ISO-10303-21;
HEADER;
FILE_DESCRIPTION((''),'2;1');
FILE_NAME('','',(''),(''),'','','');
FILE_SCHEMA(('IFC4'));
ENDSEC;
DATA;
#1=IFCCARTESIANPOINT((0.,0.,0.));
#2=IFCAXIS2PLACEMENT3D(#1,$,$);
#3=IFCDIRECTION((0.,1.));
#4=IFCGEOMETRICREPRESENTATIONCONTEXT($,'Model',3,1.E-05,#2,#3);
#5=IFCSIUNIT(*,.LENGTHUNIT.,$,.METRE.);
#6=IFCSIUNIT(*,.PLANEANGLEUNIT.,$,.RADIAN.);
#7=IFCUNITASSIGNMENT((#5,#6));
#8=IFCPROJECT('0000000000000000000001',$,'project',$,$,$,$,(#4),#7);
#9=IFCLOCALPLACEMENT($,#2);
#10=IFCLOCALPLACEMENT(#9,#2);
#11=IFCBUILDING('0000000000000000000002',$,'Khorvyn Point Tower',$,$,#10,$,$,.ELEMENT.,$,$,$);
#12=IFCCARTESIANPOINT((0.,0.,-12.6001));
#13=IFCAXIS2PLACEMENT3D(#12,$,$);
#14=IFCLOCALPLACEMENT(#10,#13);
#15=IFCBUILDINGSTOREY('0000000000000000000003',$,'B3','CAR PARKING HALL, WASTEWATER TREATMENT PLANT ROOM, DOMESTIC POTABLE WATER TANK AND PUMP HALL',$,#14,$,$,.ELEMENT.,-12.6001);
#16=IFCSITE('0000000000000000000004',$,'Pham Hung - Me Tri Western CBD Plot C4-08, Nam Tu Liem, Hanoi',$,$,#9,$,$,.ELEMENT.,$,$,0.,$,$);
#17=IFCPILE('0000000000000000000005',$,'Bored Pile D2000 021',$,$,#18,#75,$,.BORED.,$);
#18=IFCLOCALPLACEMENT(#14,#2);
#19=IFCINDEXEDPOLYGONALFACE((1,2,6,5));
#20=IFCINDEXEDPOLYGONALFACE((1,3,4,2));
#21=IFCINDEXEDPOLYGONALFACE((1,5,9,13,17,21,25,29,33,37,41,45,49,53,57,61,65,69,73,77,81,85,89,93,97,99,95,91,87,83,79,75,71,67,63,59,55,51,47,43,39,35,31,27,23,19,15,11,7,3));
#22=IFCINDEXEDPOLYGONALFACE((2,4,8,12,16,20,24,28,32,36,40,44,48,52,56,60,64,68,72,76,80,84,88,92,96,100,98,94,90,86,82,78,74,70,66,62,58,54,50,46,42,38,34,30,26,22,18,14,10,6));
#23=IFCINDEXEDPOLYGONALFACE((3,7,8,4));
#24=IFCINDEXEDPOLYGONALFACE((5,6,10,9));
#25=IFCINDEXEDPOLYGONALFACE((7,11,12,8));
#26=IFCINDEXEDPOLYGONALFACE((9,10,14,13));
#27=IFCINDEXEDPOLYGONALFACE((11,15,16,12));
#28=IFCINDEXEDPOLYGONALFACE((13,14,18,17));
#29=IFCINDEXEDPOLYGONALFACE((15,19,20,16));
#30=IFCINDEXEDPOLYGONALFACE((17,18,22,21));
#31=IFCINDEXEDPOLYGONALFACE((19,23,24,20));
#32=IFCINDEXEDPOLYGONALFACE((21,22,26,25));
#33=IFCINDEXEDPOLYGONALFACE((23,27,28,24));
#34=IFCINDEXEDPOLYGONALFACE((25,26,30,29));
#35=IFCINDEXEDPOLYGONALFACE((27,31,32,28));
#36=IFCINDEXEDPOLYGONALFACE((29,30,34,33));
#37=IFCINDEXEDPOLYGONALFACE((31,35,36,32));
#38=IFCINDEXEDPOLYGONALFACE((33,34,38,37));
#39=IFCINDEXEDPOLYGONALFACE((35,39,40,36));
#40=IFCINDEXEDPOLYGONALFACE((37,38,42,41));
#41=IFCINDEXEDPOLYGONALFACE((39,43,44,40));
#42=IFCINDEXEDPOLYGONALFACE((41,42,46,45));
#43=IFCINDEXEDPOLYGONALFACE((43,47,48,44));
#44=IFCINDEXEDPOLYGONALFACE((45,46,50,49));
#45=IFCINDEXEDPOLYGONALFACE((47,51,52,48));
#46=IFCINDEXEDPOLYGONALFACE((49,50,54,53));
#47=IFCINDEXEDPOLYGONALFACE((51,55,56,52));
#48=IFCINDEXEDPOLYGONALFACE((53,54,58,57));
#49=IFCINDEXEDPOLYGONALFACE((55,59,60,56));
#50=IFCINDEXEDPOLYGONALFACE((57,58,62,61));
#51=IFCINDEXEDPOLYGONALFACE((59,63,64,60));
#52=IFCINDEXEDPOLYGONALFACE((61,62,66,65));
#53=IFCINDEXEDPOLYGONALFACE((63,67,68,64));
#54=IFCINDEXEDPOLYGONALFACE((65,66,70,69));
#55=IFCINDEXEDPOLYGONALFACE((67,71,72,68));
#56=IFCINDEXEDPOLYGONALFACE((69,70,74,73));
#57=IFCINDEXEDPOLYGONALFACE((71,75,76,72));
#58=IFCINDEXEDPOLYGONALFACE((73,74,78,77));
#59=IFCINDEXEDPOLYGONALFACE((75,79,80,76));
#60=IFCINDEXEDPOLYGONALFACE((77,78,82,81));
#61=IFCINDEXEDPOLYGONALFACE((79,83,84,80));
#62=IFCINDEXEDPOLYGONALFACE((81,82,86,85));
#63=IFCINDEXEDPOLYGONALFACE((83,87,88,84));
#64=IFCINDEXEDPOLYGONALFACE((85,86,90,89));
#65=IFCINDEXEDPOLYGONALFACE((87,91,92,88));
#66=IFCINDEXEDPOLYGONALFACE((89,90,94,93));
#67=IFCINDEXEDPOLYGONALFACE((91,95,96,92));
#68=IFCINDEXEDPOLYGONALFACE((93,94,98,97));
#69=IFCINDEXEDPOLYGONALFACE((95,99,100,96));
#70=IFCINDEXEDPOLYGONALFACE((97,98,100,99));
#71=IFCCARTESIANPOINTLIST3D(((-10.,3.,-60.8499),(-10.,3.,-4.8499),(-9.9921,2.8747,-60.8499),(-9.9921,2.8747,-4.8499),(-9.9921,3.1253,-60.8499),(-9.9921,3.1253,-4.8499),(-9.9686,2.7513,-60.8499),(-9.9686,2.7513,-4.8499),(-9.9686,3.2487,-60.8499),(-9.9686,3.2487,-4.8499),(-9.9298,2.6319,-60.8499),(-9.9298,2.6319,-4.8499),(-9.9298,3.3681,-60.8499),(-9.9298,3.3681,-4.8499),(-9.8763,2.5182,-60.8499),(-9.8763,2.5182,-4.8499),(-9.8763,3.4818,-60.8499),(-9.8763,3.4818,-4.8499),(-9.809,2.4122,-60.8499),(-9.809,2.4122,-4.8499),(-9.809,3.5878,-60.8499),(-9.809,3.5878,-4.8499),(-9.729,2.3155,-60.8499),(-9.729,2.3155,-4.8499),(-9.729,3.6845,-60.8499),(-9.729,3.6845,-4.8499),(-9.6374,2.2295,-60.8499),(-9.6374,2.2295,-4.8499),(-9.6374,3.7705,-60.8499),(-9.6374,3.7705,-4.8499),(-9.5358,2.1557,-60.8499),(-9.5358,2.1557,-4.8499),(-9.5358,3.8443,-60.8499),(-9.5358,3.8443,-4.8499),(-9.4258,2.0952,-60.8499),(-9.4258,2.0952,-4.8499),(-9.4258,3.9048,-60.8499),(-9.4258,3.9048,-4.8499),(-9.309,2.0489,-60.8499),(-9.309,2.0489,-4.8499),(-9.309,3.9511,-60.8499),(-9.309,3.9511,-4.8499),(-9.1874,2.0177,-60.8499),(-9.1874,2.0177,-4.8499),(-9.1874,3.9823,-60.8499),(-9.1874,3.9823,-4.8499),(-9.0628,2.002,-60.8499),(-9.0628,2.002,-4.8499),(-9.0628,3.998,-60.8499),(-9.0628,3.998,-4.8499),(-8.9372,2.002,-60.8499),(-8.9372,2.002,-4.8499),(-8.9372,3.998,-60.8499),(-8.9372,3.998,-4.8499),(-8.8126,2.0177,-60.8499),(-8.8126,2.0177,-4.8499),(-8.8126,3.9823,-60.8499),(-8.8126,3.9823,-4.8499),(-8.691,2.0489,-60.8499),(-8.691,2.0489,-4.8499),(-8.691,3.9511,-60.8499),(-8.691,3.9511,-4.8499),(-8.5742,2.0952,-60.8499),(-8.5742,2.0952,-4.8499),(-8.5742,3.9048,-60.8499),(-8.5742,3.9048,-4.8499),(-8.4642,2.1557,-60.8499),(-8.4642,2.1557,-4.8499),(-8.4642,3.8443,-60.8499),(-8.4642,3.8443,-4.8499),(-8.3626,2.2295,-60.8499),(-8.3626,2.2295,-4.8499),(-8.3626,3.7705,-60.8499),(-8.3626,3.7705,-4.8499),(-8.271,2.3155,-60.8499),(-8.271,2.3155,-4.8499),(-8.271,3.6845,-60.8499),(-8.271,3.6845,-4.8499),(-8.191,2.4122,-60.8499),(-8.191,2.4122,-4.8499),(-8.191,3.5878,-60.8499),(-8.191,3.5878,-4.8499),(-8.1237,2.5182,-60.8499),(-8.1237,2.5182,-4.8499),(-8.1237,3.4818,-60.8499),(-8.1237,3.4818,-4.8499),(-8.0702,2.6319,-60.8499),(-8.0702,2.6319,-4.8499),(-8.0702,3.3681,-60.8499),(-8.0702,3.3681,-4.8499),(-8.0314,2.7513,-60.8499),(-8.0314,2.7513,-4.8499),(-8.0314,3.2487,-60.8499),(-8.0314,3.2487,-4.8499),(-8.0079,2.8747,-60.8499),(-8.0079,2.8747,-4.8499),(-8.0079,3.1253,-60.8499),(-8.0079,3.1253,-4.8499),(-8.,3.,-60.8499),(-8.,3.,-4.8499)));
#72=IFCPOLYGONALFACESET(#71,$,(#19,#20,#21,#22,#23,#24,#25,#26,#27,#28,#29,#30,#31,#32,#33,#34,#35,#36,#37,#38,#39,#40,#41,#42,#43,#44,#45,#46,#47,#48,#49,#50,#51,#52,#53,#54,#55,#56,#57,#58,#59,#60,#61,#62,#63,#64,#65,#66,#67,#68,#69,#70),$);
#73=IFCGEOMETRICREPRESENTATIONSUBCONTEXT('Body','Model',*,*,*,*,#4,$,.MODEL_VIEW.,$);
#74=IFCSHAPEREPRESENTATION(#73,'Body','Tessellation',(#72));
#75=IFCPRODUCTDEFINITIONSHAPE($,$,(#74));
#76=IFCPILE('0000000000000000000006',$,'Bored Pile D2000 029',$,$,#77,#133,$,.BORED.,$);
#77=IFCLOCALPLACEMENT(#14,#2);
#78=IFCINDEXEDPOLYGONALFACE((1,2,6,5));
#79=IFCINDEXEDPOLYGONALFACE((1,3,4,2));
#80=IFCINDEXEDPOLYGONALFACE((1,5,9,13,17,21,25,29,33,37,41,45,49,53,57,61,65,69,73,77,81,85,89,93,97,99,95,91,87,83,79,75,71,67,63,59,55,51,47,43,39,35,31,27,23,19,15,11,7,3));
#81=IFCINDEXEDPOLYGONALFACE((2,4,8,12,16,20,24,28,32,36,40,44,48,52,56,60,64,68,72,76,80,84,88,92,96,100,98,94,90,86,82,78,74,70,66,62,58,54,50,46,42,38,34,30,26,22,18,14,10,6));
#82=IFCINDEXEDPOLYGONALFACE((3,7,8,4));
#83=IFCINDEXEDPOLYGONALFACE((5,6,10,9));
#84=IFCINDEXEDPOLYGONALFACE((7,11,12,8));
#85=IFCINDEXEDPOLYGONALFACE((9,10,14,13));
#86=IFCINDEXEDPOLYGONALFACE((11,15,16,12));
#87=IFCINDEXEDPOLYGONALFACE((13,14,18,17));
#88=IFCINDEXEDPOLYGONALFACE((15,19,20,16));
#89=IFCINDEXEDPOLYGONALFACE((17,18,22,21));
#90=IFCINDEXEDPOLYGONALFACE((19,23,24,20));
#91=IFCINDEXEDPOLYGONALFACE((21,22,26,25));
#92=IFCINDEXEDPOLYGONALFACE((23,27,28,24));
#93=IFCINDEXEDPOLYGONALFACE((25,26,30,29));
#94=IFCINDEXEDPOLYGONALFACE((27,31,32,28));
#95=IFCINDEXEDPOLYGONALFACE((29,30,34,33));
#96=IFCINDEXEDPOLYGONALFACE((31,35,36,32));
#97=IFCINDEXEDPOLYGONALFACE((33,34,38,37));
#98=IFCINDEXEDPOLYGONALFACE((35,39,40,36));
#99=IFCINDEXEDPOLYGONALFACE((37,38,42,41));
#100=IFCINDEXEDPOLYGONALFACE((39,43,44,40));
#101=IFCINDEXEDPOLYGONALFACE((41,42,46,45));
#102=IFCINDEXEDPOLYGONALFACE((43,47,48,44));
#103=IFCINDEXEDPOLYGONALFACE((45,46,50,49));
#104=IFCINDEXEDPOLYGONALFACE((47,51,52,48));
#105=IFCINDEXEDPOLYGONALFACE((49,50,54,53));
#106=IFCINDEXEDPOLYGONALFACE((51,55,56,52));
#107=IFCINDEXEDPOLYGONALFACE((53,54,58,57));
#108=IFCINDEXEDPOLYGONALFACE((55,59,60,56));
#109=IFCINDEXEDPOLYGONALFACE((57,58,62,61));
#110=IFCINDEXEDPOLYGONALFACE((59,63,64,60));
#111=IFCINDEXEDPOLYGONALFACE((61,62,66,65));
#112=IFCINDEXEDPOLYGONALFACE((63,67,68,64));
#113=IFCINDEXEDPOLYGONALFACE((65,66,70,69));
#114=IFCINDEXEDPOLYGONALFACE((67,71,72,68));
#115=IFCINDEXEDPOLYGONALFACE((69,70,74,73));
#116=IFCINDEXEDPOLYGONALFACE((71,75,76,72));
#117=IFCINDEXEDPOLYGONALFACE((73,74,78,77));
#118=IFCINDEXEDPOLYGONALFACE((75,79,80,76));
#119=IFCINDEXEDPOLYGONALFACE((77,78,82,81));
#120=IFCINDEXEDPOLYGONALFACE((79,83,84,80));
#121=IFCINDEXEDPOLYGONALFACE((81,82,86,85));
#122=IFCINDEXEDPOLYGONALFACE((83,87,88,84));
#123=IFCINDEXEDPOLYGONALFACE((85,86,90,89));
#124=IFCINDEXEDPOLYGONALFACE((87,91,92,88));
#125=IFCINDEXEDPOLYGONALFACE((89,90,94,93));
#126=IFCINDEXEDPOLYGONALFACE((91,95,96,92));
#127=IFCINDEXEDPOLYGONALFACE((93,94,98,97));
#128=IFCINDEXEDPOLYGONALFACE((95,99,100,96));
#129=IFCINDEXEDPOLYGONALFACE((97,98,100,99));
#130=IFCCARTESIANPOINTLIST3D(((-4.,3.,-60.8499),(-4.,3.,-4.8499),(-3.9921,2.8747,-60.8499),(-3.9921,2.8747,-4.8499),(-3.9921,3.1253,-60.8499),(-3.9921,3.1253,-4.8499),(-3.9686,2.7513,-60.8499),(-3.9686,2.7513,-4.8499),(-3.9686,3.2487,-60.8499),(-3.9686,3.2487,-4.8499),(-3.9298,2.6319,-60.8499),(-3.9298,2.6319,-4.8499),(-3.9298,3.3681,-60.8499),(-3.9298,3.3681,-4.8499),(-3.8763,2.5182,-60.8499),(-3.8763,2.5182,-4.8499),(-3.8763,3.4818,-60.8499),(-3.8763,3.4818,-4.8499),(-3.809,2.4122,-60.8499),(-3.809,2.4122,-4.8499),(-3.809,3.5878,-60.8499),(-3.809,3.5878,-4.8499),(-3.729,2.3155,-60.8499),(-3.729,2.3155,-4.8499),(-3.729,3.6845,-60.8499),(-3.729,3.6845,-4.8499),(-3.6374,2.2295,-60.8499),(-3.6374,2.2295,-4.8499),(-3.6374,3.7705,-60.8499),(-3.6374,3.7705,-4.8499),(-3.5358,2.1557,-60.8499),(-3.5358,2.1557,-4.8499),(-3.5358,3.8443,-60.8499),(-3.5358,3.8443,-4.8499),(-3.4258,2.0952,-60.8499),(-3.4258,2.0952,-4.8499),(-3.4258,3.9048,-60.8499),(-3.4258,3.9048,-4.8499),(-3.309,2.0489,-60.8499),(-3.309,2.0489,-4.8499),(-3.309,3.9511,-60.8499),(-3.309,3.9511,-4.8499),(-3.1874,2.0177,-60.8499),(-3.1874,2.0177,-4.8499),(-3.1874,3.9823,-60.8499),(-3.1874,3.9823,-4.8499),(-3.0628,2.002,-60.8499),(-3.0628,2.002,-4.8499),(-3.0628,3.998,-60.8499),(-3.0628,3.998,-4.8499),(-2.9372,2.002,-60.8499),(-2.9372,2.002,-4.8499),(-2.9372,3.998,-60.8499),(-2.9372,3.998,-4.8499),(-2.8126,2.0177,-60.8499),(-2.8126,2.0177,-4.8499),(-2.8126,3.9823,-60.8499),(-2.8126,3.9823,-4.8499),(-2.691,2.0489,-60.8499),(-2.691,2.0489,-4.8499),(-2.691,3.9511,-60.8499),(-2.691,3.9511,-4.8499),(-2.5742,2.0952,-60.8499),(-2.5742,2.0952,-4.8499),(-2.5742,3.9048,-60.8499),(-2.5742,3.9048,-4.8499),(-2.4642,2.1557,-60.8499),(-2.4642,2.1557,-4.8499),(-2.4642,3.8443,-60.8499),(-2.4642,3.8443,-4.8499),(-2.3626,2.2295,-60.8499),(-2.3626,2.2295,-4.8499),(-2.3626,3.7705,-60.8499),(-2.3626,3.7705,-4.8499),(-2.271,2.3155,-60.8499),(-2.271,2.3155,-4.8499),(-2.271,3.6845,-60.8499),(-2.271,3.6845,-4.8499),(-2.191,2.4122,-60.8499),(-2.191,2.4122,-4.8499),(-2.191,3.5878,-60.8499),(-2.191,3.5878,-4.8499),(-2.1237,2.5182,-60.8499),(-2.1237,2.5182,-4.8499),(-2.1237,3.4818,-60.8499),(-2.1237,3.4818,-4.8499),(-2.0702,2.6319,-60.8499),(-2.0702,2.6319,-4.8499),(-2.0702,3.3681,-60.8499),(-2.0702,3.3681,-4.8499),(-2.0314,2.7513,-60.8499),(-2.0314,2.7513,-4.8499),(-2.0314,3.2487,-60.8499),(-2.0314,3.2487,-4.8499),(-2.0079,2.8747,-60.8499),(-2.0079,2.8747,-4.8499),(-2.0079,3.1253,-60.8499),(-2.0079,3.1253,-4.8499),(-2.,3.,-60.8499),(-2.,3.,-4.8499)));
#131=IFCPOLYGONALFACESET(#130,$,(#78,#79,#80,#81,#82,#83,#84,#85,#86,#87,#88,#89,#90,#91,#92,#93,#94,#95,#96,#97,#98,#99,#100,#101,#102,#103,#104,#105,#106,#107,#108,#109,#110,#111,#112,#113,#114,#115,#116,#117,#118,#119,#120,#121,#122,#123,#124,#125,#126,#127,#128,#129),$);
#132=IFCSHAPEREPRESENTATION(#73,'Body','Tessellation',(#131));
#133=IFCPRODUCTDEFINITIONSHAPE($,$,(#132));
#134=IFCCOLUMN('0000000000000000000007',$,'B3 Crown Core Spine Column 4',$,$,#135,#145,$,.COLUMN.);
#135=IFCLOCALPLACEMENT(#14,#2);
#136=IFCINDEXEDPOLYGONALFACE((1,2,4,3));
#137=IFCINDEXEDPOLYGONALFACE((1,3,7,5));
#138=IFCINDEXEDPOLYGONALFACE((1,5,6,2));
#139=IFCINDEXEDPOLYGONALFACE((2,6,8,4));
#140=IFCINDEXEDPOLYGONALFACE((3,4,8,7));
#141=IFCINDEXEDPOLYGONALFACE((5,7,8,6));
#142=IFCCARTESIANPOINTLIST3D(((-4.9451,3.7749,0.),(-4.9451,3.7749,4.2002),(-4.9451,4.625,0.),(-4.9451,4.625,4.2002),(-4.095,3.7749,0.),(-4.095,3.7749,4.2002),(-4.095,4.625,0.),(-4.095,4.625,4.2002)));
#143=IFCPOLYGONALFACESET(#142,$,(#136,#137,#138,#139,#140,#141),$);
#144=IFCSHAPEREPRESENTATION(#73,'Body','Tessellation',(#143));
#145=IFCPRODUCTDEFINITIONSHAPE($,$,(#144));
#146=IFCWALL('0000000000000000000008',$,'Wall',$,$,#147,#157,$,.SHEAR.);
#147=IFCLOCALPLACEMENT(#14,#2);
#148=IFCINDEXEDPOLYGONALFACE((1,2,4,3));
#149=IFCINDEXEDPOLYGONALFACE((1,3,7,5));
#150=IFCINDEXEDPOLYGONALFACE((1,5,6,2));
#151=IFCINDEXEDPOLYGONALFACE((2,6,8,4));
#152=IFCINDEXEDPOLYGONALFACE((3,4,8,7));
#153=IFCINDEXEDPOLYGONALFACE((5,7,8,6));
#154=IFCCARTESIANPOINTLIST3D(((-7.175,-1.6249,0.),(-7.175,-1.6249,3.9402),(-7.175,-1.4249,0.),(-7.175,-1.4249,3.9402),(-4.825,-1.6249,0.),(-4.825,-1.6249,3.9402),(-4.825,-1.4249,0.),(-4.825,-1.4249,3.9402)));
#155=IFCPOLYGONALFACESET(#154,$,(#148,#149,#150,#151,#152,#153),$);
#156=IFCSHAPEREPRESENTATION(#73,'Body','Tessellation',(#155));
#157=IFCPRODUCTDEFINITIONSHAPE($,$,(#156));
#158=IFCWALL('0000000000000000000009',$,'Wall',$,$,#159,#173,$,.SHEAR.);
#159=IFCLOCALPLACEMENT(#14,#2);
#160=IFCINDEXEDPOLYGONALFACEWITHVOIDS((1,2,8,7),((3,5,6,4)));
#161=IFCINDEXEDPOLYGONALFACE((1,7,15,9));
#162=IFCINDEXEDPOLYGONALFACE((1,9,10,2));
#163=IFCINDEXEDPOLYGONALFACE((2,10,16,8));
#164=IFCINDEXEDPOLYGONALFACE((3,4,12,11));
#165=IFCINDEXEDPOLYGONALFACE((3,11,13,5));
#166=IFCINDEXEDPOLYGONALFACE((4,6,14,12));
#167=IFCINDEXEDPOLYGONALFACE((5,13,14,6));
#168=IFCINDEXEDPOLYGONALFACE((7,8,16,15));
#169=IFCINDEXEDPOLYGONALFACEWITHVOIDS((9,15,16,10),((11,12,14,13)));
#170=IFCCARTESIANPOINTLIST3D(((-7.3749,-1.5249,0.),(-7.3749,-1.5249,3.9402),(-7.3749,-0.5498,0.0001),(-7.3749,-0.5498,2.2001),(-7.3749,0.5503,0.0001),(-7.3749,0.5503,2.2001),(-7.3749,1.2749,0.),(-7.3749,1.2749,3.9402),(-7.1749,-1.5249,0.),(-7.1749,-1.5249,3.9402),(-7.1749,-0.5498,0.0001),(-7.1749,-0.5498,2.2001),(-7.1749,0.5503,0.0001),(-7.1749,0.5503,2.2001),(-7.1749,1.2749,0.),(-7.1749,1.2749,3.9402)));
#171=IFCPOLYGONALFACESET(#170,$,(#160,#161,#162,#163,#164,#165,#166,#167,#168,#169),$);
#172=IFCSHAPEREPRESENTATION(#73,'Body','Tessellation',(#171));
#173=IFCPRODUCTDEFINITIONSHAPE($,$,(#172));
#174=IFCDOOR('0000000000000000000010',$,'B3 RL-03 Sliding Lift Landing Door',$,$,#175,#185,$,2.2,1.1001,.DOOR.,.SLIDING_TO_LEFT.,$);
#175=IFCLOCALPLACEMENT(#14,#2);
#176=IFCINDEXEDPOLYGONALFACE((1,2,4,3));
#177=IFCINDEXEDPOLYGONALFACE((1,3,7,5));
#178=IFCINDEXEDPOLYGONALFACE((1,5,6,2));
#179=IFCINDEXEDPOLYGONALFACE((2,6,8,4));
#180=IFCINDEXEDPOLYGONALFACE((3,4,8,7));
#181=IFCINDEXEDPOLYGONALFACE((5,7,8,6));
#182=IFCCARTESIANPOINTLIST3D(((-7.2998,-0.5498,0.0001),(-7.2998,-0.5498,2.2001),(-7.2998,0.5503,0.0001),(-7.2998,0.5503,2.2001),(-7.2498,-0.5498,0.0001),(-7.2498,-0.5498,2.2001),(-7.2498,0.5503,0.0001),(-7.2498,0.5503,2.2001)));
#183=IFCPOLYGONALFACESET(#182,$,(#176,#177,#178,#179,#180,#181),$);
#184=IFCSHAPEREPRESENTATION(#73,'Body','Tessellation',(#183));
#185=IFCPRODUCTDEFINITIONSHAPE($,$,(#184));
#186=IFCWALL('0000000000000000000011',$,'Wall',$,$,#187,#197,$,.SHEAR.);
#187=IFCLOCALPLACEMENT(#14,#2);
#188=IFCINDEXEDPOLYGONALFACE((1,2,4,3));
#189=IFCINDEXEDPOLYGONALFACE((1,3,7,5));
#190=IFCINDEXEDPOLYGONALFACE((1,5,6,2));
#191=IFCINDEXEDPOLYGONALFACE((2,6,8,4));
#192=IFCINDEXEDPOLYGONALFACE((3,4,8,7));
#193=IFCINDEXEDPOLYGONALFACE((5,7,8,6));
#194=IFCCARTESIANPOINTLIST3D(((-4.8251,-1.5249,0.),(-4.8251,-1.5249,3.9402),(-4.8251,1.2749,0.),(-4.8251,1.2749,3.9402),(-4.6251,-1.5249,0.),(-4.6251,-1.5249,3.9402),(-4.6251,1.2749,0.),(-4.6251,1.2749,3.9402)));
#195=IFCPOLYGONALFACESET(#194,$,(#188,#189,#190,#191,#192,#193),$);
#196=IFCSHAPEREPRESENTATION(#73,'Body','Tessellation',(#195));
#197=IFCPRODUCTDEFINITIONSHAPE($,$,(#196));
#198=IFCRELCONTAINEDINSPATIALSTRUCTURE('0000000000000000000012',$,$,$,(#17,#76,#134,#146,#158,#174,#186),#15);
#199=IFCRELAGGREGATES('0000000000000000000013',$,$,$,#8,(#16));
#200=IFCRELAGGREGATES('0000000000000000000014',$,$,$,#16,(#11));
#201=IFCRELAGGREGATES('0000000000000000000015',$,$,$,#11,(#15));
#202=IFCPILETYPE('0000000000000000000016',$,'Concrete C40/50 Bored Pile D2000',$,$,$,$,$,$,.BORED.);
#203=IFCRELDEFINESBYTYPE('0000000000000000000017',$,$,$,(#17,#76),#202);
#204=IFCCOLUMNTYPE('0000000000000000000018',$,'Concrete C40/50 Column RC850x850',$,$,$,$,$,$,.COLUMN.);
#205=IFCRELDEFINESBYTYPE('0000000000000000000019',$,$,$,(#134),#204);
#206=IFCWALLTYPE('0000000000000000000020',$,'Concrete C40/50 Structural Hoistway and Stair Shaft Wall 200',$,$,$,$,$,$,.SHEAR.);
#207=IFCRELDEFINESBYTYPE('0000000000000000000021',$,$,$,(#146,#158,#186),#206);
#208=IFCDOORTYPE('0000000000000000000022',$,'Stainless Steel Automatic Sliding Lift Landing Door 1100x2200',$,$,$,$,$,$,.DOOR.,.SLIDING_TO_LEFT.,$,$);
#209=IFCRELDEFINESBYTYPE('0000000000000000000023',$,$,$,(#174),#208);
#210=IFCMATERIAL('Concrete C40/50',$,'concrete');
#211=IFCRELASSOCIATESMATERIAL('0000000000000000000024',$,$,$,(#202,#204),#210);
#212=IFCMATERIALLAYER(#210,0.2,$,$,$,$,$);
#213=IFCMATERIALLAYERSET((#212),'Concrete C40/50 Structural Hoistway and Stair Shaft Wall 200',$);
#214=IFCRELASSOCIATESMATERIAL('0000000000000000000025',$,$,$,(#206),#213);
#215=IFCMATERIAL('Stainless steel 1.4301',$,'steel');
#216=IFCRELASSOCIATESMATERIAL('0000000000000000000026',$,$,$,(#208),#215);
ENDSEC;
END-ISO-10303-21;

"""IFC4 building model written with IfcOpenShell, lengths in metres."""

from ifc_helpers import new_model, si_unit, direction, frame, frame_2d, origin, origin_2d, place, context, subcontext, project, spatial, rectangle, circle, extrude, material, layer, layer_set, material_profile, profile_set, type_object, element, fill, save


model = new_model("IFC4")

# Units and contexts
model_context = context("Model", 3, precision=1e-05, world=origin(), true_north=direction((0.0, 1.0)))
body_context = subcontext(model_context, "Body", "Model", "MODEL_VIEW")
ifc_project = project(units=[si_unit("LENGTHUNIT", "METRE"), si_unit("PLANEANGLEUNIT", "RADIAN")], contexts=[model_context])

# Site, building, storey
site_placement = place(None, origin())
site = spatial("IfcSite", under=ifc_project, at=site_placement, Name="Pham Hung - Me Tri Western CBD Plot C4-08, Nam Tu Liem, Hanoi", CompositionType="ELEMENT", RefElevation=0.0)
building_placement = place(site_placement, origin())
building = spatial("IfcBuilding", under=site, at=building_placement, Name="Khorvyn Point Tower", CompositionType="ELEMENT")
storey_placement = place(building_placement, frame((0.0, 0.0, -12.6001)))
storey = spatial("IfcBuildingStorey", under=building, at=storey_placement, Name="B3", Description="CAR PARKING HALL, WASTEWATER TREATMENT PLANT ROOM, DOMESTIC POTABLE WATER TANK AND PUMP HALL", CompositionType="ELEMENT", Elevation=-12.6001)

# Piles
ifc_material_1 = material(Name="Concrete C40/50", Category="concrete")
ifc_material_profile_1 = material_profile(ifc_material_1, circle(Radius=1.0, at=origin_2d()))
ifc_profile_set_1 = profile_set([ifc_material_profile_1], Name="Concrete C40/50 PILE-D2000")
pile_type = type_object("IfcPileType", Name="Concrete C40/50 Bored Pile D2000", PredefinedType="BORED", material=ifc_profile_set_1)
for number, where, z_axis, x_axis, name in (
    (1, (-9.0, 3.0, -4.8499), (0.0, 0.0, -1.0), (1.0, 0.0, 0.0), "Bored Pile D2000 021"),
    (2, (-3.0, 3.0, -4.8499), (0.0, 0.0, -1.0), (1.0, 0.0, 0.0), "Bored Pile D2000 029"),
):
    element("IfcPile", number, at=place(storey_placement, frame(where, z_axis=z_axis, x_axis=x_axis)), inside=storey, type_object=pile_type, Name=name, PredefinedType="BORED", context=body_context, shape_type="SweptSolid", body=[
        extrude(circle(Radius=1.0, at=origin_2d()), origin(), (0.0, 0.0, 1.0), 56.0),
    ])

# Column
ifc_material_profile_2 = material_profile(ifc_material_1, rectangle(XDim=0.8501, YDim=0.8501, at=origin_2d()))
ifc_profile_set_2 = profile_set([ifc_material_profile_2], Name="Concrete C40/50 RC850x850")
column_type = type_object("IfcColumnType", Name="Concrete C40/50 Column RC850x850", PredefinedType="COLUMN", material=ifc_profile_set_2)
column_placement = place(storey_placement, frame((-4.52, 4.2, 0.0), z_axis=(0.0, 0.0, 1.0), x_axis=(1.0, 0.0, 0.0)))
element("IfcColumn", 3, at=column_placement, inside=storey, type_object=column_type, Name="B3 Crown Core Spine Column 4", PredefinedType="COLUMN", context=body_context, shape_type="SweptSolid", body=[
    extrude(rectangle(XDim=0.8501, YDim=0.8501, at=origin_2d()), origin(), (0.0, 0.0, 1.0), 4.2002),
])

# Wall
ifc_layer = layer(ifc_material_1, 0.2)
ifc_layer_set = layer_set([ifc_layer], Name="Concrete C40/50 Structural Hoistway and Stair Shaft Wall 200")
wall_type = type_object("IfcWallType", Name="Concrete C40/50 Structural Hoistway and Stair Shaft Wall 200", PredefinedType="SHEAR", material=ifc_layer_set)
wall_1_placement = place(storey_placement, frame((-7.175, -1.5249, 0.0), z_axis=(0.0, 0.0, 1.0), x_axis=(1.0, 0.0, 0.0)))
element("IfcWall", 4, at=wall_1_placement, inside=storey, type_object=wall_type, Name="Wall", PredefinedType="SHEAR", context=body_context, shape_type="SweptSolid", body=[
    extrude(rectangle(XDim=2.3501, YDim=0.2, at=frame_2d((1.175, 0.0))), origin(), (0.0, 0.0, 1.0), 3.9402),
])

# Wall, opening, door
wall_2_placement = place(storey_placement, frame((-7.2749, -1.5249, 0.0), z_axis=(0.0, 0.0, 1.0), x_axis=(0.0, 1.0, 0.0)))
wall_2 = element("IfcWall", 5, at=wall_2_placement, inside=storey, type_object=wall_type, Name="Wall", PredefinedType="SHEAR", context=body_context, shape_type="SweptSolid", body=[
    extrude(rectangle(XDim=2.7998, YDim=0.2, at=frame_2d((1.3999, 0.0))), origin(), (0.0, 0.0, 1.0), 3.9402),
])
opening_1_placement = place(wall_2_placement, frame((0.9751, 0.0, 0.0)))
opening_1 = element("IfcOpeningElement", 6, at=opening_1_placement, cuts=wall_2, PredefinedType="OPENING", context=body_context, shape_type="SweptSolid", body=[
    extrude(rectangle(XDim=1.1001, YDim=2.2, at=frame_2d((0.55, 1.1001))), frame((0.0, 0.1099, 0.0), z_axis=(0.0, -1.0, 0.0), x_axis=(1.0, 0.0, 0.0)), (0.0, 0.0, 1.0), 0.22),
])
ifc_material_2 = material(Name="Stainless steel 1.4301", Category="steel")
door_type = type_object("IfcDoorType", Name="Stainless Steel Automatic Sliding Lift Landing Door 1100x2200", OperationType="SLIDING_TO_LEFT", PredefinedType="DOOR", material=ifc_material_2)
door_1_placement = place(opening_1_placement, origin())
door_1 = element("IfcDoor", 7, at=door_1_placement, inside=storey, type_object=door_type, Name="B3 RL-03 Sliding Lift Landing Door", OperationType="SLIDING_TO_LEFT", OverallHeight=2.2, OverallWidth=1.1001, PredefinedType="DOOR", context=body_context, shape_type="SweptSolid", body=[
    extrude(rectangle(XDim=1.1001, YDim=2.2, at=frame_2d((0.55, 1.1001))), frame((0.0, 0.0249, 0.0), z_axis=(0.0, -1.0, 0.0), x_axis=(1.0, 0.0, 0.0)), (0.0, 0.0, 1.0), 0.05),
])
fill(opening_1, door_1)

# Wall
wall_3_placement = place(storey_placement, frame((-4.7251, -1.5249, 0.0), z_axis=(0.0, 0.0, 1.0), x_axis=(0.0, 1.0, 0.0)))
element("IfcWall", 8, at=wall_3_placement, inside=storey, type_object=wall_type, Name="Wall", PredefinedType="SHEAR", context=body_context, shape_type="SweptSolid", body=[
    extrude(rectangle(XDim=2.7998, YDim=0.2, at=frame_2d((1.3999, 0.0))), origin(), (0.0, 0.0, 1.0), 3.9402),
])

save(model, "model.ifc")
